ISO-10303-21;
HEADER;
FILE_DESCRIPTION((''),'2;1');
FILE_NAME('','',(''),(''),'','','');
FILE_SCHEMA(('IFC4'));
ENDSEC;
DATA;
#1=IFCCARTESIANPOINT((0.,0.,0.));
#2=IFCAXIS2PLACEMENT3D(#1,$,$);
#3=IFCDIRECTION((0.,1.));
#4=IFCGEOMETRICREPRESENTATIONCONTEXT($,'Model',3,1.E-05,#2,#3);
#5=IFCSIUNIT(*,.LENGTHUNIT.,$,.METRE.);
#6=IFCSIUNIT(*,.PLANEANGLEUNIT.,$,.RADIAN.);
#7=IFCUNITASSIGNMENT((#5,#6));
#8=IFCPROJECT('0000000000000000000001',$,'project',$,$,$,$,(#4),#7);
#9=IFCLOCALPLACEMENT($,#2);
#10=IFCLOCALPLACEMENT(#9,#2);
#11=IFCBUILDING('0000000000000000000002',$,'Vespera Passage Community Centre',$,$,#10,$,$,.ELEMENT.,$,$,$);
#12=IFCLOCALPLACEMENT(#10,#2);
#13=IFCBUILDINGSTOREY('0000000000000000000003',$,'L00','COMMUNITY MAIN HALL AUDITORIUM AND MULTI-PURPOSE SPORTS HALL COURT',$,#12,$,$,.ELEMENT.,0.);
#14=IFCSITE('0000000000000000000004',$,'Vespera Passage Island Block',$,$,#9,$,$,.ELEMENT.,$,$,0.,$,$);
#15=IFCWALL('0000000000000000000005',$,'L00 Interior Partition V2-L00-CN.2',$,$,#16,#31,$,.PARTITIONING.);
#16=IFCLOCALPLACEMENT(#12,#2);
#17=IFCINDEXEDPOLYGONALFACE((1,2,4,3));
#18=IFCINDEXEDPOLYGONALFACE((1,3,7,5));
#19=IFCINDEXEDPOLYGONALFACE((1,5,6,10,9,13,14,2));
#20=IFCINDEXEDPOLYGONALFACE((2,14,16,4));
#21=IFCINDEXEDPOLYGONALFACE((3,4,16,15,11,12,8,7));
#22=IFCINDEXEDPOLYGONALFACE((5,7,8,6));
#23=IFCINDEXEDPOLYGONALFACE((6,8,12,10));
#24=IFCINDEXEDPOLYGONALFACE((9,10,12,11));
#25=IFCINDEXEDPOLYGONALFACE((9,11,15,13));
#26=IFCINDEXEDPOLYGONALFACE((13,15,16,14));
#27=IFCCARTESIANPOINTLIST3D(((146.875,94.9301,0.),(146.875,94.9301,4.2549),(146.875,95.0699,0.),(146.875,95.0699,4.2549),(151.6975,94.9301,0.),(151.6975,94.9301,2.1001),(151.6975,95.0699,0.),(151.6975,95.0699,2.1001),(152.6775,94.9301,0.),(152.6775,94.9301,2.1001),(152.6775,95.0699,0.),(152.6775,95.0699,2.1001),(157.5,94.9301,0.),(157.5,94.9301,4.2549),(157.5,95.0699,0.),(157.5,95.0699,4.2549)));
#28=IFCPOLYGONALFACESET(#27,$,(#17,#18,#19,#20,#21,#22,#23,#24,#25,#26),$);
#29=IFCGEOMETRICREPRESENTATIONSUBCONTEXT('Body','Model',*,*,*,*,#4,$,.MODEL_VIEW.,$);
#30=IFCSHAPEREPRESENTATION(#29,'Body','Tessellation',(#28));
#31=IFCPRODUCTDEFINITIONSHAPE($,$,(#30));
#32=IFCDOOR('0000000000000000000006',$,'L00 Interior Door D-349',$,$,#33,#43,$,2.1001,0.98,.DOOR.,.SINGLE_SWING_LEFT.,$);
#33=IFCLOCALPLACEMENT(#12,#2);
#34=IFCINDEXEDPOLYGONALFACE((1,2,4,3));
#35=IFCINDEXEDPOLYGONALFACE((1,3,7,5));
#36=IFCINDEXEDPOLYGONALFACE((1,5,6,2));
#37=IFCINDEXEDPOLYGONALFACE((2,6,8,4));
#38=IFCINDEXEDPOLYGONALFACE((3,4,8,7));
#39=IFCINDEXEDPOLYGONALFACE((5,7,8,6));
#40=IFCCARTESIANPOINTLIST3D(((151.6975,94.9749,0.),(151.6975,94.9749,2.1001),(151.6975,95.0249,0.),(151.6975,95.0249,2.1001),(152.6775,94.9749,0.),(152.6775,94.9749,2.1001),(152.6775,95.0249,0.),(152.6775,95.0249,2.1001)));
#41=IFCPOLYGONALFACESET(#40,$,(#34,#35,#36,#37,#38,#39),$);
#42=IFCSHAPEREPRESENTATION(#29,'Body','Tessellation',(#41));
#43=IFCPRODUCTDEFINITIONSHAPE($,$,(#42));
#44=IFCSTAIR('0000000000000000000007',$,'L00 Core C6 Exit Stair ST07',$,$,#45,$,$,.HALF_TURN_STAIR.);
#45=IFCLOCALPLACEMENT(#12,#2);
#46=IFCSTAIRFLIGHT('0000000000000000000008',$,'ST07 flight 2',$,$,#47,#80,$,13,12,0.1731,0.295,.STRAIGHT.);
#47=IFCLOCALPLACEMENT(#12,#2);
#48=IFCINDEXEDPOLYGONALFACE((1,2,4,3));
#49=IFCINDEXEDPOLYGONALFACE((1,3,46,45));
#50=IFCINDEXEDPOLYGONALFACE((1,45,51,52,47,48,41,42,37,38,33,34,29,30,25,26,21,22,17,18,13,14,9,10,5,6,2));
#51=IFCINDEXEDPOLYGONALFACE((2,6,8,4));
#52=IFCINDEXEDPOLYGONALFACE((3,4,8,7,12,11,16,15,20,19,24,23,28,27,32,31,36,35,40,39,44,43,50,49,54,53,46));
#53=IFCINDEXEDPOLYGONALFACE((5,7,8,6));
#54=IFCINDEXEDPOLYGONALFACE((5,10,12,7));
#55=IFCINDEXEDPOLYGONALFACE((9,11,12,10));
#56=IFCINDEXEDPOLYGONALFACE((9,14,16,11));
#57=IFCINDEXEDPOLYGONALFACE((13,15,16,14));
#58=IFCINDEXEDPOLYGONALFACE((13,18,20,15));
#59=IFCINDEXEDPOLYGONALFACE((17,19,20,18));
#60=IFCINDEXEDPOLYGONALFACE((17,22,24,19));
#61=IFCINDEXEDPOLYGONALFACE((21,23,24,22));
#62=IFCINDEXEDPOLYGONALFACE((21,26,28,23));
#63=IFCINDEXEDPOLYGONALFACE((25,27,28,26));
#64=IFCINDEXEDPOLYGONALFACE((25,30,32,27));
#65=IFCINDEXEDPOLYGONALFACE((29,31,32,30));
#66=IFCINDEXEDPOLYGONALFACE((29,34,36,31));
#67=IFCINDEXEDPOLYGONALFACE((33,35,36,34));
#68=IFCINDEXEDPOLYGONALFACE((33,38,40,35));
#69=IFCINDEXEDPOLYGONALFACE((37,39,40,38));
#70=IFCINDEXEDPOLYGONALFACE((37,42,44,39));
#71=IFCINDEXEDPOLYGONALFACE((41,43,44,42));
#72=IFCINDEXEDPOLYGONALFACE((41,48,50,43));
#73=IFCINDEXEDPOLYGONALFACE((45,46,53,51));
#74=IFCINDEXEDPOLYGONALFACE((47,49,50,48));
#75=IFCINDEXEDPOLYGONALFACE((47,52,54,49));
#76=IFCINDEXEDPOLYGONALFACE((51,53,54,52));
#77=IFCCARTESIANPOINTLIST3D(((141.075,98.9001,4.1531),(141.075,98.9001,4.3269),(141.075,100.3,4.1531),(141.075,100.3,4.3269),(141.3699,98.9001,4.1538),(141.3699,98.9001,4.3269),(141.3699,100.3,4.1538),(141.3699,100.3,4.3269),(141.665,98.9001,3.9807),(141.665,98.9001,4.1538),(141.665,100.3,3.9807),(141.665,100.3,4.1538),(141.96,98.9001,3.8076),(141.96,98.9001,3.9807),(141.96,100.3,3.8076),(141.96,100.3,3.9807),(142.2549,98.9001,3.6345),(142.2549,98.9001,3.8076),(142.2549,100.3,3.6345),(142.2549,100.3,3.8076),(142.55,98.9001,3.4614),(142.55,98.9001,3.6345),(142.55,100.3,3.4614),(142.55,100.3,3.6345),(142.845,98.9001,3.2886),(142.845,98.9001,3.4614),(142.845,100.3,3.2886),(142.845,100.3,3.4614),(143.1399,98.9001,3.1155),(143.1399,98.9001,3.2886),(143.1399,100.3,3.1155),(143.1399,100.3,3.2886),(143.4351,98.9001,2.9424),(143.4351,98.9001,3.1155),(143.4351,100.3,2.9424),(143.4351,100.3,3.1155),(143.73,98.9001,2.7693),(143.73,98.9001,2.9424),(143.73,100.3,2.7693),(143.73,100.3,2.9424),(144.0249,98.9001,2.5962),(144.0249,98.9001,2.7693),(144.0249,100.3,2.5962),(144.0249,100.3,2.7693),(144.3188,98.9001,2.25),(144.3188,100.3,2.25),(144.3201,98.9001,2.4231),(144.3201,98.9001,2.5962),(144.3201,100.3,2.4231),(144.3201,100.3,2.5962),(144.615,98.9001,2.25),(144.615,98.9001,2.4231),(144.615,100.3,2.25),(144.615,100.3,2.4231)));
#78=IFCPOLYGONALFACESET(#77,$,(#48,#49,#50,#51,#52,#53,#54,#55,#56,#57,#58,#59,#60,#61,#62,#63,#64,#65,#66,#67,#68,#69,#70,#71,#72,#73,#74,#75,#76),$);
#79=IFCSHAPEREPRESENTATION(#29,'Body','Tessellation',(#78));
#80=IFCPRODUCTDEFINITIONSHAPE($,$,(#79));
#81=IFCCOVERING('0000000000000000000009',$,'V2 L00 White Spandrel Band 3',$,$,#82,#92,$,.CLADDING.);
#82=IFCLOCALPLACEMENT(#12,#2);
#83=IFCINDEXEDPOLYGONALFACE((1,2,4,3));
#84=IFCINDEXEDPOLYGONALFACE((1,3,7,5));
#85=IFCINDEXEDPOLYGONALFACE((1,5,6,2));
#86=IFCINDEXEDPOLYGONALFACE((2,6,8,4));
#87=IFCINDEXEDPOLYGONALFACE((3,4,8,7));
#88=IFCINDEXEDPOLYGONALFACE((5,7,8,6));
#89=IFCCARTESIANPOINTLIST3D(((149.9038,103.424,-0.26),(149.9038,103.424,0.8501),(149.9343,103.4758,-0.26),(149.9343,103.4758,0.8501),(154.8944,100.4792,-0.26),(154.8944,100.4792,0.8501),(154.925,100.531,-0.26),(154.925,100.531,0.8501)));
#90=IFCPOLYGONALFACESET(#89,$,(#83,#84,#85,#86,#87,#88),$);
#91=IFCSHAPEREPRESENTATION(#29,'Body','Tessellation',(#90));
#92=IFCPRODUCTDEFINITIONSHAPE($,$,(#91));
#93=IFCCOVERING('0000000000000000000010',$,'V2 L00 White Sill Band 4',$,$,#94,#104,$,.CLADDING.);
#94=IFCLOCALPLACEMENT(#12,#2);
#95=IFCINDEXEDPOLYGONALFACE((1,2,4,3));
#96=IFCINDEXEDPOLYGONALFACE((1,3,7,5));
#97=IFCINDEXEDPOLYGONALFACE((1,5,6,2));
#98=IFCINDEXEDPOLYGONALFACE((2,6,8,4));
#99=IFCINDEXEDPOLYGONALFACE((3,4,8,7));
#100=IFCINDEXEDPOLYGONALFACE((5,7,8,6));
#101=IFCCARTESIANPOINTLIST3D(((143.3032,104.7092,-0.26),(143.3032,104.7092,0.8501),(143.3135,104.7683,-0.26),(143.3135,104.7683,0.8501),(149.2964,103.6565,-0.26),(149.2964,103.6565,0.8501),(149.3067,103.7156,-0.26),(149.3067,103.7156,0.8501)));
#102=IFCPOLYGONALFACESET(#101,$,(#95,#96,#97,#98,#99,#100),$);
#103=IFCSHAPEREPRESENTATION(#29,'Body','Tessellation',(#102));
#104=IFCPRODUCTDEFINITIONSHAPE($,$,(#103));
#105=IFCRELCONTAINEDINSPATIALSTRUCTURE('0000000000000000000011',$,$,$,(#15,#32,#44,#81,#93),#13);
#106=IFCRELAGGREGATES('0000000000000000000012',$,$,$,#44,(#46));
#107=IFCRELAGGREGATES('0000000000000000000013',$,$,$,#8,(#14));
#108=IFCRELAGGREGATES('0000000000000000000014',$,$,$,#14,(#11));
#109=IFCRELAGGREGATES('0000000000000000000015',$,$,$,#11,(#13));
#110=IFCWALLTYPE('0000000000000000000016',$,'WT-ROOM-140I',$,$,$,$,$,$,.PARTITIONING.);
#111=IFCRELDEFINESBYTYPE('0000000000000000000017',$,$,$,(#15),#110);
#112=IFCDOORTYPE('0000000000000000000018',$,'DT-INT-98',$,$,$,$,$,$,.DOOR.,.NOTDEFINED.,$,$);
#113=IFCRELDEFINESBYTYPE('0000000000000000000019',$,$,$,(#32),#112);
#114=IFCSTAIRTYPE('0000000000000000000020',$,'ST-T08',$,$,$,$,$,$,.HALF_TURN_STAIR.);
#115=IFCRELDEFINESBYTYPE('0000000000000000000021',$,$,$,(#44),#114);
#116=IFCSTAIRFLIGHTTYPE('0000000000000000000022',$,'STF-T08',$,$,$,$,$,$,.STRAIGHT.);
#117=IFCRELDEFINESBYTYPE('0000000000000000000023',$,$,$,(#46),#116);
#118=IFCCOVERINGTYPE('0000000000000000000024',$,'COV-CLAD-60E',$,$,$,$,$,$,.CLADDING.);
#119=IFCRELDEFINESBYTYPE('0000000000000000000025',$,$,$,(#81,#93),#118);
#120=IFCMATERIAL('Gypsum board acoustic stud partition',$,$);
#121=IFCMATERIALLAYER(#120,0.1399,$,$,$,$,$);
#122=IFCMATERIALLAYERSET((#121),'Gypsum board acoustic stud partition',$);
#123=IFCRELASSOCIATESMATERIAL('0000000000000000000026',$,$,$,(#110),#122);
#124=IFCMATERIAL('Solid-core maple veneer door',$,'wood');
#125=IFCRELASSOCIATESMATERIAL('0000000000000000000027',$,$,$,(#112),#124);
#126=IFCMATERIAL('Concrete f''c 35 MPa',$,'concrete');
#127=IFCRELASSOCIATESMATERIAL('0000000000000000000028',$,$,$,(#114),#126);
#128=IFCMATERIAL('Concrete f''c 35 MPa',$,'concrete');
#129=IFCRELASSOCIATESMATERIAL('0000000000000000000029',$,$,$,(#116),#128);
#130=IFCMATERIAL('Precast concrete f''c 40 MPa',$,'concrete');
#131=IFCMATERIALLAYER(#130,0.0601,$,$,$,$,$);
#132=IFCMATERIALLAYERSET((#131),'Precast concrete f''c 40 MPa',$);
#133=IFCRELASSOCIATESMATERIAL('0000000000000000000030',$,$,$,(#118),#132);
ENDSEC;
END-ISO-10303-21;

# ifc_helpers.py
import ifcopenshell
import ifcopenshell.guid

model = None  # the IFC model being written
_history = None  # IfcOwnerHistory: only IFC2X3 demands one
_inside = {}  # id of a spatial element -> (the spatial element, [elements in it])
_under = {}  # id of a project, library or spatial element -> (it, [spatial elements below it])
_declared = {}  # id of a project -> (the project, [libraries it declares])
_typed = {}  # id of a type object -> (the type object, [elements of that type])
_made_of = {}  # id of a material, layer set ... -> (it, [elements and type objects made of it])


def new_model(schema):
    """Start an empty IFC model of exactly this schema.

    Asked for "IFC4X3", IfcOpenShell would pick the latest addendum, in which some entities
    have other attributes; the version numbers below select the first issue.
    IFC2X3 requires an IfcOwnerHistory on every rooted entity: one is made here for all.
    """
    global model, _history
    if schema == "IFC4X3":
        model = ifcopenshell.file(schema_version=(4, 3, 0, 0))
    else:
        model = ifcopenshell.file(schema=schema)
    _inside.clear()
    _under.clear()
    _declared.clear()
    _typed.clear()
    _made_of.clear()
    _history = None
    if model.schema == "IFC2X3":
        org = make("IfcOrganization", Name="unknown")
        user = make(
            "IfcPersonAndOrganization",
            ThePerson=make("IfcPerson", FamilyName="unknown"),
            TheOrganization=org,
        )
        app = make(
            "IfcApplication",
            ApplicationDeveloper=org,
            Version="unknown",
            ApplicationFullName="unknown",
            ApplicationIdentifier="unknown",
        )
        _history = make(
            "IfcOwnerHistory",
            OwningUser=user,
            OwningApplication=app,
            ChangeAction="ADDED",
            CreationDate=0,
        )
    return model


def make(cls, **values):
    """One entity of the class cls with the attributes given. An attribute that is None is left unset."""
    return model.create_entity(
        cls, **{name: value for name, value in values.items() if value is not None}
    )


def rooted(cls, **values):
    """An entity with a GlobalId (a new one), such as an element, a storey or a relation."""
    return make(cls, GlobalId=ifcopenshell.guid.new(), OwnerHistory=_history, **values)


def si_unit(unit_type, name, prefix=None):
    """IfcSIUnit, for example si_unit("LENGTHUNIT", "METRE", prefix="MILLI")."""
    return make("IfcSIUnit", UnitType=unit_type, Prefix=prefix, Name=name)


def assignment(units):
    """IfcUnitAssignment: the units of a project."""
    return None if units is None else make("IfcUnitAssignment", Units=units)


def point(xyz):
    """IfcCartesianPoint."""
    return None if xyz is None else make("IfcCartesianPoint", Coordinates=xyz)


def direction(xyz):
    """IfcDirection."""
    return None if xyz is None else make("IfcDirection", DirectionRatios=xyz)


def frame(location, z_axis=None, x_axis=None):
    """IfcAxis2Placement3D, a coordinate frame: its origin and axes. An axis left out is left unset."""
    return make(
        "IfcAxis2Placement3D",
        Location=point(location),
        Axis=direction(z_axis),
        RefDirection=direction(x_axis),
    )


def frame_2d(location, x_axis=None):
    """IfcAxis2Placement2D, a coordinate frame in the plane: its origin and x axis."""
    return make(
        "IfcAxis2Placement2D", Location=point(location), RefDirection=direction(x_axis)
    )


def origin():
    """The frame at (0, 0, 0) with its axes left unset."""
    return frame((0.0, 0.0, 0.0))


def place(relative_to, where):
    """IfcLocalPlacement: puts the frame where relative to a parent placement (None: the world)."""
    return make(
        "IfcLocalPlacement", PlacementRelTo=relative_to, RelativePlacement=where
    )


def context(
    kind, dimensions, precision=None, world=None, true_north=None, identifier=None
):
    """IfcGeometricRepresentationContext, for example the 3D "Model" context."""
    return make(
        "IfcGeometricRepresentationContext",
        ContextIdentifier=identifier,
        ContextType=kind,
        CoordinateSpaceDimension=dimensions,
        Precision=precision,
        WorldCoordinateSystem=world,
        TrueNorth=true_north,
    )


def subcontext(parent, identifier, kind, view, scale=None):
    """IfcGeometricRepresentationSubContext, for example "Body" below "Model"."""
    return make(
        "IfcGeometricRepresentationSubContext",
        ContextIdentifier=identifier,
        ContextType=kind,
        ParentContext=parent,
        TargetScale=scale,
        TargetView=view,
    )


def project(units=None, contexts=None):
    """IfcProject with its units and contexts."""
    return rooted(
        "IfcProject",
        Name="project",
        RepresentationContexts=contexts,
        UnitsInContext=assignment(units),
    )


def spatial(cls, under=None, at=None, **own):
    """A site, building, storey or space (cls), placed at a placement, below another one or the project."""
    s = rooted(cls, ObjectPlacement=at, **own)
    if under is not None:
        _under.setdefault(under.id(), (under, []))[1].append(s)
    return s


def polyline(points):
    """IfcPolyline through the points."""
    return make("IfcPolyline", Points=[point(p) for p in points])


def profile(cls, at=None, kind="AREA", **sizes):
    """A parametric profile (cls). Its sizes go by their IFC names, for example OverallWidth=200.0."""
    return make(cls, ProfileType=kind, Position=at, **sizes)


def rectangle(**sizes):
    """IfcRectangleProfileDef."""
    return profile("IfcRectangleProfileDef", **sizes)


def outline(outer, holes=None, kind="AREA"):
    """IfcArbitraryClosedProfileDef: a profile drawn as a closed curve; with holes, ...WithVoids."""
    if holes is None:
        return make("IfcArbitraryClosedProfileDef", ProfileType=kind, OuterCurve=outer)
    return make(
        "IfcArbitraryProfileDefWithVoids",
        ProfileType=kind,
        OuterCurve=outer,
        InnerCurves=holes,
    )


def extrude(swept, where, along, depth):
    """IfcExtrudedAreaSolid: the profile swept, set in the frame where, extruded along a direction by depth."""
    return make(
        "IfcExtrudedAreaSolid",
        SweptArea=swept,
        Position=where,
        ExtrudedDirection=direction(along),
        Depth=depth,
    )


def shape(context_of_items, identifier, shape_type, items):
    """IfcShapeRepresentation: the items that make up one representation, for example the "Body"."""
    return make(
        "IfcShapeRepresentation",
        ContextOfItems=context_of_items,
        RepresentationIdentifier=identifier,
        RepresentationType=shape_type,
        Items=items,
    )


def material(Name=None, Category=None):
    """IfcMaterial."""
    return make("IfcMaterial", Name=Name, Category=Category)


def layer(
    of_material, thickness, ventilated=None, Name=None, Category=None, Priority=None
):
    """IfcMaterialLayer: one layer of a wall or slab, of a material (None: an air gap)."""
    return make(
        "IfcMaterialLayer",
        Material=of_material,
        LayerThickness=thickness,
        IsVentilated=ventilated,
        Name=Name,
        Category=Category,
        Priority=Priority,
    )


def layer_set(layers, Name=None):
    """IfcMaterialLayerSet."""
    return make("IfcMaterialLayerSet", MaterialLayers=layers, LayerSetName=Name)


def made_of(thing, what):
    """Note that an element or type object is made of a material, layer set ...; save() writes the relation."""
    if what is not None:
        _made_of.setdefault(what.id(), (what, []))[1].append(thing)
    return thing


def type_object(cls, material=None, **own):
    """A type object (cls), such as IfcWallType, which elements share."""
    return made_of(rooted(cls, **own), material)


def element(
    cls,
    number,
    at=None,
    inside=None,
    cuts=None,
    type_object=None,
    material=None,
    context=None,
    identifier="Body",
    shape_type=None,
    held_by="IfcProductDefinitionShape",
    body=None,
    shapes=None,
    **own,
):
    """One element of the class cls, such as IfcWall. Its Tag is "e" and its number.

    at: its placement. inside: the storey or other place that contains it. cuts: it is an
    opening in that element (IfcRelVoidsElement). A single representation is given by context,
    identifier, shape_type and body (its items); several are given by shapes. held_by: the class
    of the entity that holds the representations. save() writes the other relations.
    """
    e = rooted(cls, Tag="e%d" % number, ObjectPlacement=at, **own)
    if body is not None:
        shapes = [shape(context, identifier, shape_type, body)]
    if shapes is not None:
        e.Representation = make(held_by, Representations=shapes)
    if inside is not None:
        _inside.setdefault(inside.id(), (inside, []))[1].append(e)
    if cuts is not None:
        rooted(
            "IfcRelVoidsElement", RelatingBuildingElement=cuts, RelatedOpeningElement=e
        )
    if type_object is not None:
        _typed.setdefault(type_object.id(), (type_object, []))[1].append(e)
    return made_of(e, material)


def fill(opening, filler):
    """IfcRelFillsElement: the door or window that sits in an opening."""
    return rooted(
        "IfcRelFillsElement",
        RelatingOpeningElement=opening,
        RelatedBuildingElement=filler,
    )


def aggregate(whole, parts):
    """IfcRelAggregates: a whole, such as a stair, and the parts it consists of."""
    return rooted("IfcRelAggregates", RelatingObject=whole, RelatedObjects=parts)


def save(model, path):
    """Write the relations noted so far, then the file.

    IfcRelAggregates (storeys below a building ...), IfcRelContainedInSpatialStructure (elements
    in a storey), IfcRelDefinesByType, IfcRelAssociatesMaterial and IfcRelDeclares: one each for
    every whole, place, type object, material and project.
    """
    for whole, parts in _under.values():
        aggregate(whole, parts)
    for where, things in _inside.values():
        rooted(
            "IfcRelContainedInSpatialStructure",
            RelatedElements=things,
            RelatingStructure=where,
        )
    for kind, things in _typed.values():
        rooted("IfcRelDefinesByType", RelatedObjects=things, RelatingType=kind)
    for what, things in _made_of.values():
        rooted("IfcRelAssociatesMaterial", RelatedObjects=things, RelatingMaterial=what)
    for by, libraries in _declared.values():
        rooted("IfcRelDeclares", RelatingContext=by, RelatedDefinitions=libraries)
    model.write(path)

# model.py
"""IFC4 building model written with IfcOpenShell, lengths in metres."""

from ifc_helpers import new_model, si_unit, direction, frame, frame_2d, origin, place, context, subcontext, project, spatial, polyline, rectangle, outline, extrude, material, layer, layer_set, type_object, element, fill, aggregate, save


model = new_model("IFC4")

# Units and contexts
model_context = context("Model", 3, precision=1e-05, world=origin(), true_north=direction((0.0, 1.0)))
body_context = subcontext(model_context, "Body", "Model", "MODEL_VIEW")
ifc_project = project(units=[si_unit("LENGTHUNIT", "METRE"), si_unit("PLANEANGLEUNIT", "RADIAN")], contexts=[model_context])

# Site, building, storey
site_placement = place(None, origin())
site = spatial("IfcSite", under=ifc_project, at=site_placement, Name="Vespera Passage Island Block", CompositionType="ELEMENT", RefElevation=0.0)
building_placement = place(site_placement, origin())
building = spatial("IfcBuilding", under=site, at=building_placement, Name="Vespera Passage Community Centre", CompositionType="ELEMENT")
storey_placement = place(building_placement, origin())
storey = spatial("IfcBuildingStorey", under=building, at=storey_placement, Name="L00", Description="COMMUNITY MAIN HALL AUDITORIUM AND MULTI-PURPOSE SPORTS HALL COURT", CompositionType="ELEMENT", Elevation=0.0)

# Wall, opening, door
ifc_material_1 = material(Name="Gypsum board acoustic stud partition")
ifc_layer_1 = layer(ifc_material_1, 0.1399)
ifc_layer_set_1 = layer_set([ifc_layer_1], Name="Gypsum board acoustic stud partition")
wall_type_1 = type_object("IfcWallType", Name="WT-ROOM-140I", PredefinedType="PARTITIONING", material=ifc_layer_set_1)
wall_1_placement = place(storey_placement, frame((146.875, 95.0, 0.0), z_axis=(0.0, 0.0, 1.0), x_axis=(1.0, 0.0, 0.0)))
wall_1 = element("IfcWall", 1, at=wall_1_placement, inside=storey, type_object=wall_type_1, Name="L00 Interior Partition V2-L00-CN.2", PredefinedType="PARTITIONING", context=body_context, shape_type="SweptSolid", body=[
    extrude(rectangle(XDim=10.625, YDim=0.1399, at=frame_2d((5.3125, 0.0))), origin(), (0.0, 0.0, 1.0), 4.2549),
])
opening_placement = place(wall_1_placement, frame((4.8225, 0.0, 0.0)))
opening = element("IfcOpeningElement", 2, at=opening_placement, cuts=wall_1, PredefinedType="OPENING", context=body_context, shape_type="SweptSolid", body=[
    extrude(rectangle(XDim=0.98, YDim=2.1001, at=frame_2d((0.49, 1.05))), frame((0.0, 0.0798, 0.0), z_axis=(0.0, -1.0, 0.0), x_axis=(1.0, 0.0, 0.0)), (0.0, 0.0, 1.0), 0.1599),
])
ifc_material_2 = material(Name="Solid-core maple veneer door", Category="wood")
door_type = type_object("IfcDoorType", Name="DT-INT-98", OperationType="NOTDEFINED", PredefinedType="DOOR", material=ifc_material_2)
door_placement = place(opening_placement, origin())
door = element("IfcDoor", 3, at=door_placement, inside=storey, type_object=door_type, Name="L00 Interior Door D-349", OperationType="SINGLE_SWING_LEFT", OverallHeight=2.1001, OverallWidth=0.98, PredefinedType="DOOR", context=body_context, shape_type="SweptSolid", body=[
    extrude(rectangle(XDim=0.98, YDim=2.1001, at=frame_2d((0.49, 1.05))), frame((0.0, 0.0249, 0.0), z_axis=(0.0, -1.0, 0.0), x_axis=(1.0, 0.0, 0.0)), (0.0, 0.0, 1.0), 0.05),
])
fill(opening, door)

# Stair, stair flight
ifc_material_3 = material(Name="Concrete f'c 35 MPa", Category="concrete")
stair_type = type_object("IfcStairType", Name="ST-T08", PredefinedType="HALF_TURN_STAIR", material=ifc_material_3)
stair_placement = place(storey_placement, origin())
stair = element("IfcStair", 4, at=stair_placement, inside=storey, type_object=stair_type, Name="L00 Core C6 Exit Stair ST07", PredefinedType="HALF_TURN_STAIR")
ifc_material_4 = material(Name="Concrete f'c 35 MPa", Category="concrete")
stair_flight_type = type_object("IfcStairFlightType", Name="STF-T08", PredefinedType="STRAIGHT", material=ifc_material_4)
stair_flight_placement = place(storey_placement, frame((144.615, 99.6001, 2.25), z_axis=(0.0, 0.0, 1.0), x_axis=(-1.0, 0.0, 0.0)))
stair_flight = element("IfcStairFlight", 5, at=stair_flight_placement, type_object=stair_flight_type, Name="ST07 flight 2", NumberOfRisers=13, NumberOfTreads=12, PredefinedType="STRAIGHT", RiserHeight=0.1731, TreadLength=0.295, context=body_context, shape_type="SweptSolid", body=[
    extrude(outline(polyline([(0.0, 0.0), (0.0, 0.1731), (0.2949, 0.1731), (0.2949, 0.3462), (0.5901, 0.3462), (0.5901, 0.5193), (0.885, 0.5193), (0.885, 0.6924), (1.1799, 0.6924), (1.1799, 0.8655), (1.4751, 0.8655), (1.4751, 1.0386), (1.77, 1.0386), (1.77, 1.2114), (2.0649, 1.2114), (2.0649, 1.3845), (2.3601, 1.3845), (2.3601, 1.5576), (2.655, 1.5576), (2.655, 1.7307), (2.95, 1.7307), (2.95, 1.9038), (3.2451, 1.9038), (3.2451, 2.0769), (3.54, 2.0769), (3.54, 2.25), (3.54, 1.9031), (0.2961, 0.0), (0.0, 0.0)])), frame((0.0, 0.7, 0.0), z_axis=(0.0, -1.0, 0.0), x_axis=(1.0, 0.0, 0.0)), (0.0, 0.0, 1.0), 1.3999),
])
aggregate(stair, [stair_flight])

# Coverings
ifc_material_5 = material(Name="Precast concrete f'c 40 MPa", Category="concrete")
ifc_layer_2 = layer(ifc_material_5, 0.0601)
ifc_layer_set_2 = layer_set([ifc_layer_2], Name="Precast concrete f'c 40 MPa")
covering_type = type_object("IfcCoveringType", Name="COV-CLAD-60E", PredefinedType="CLADDING", material=ifc_layer_set_2)
covering_1_placement = place(storey_placement, frame((149.9189, 103.45, -0.26), z_axis=(0.0, 0.0, 1.0), x_axis=(0.861247, -0.508187, 0.0)))
element("IfcCovering", 6, at=covering_1_placement, inside=storey, type_object=covering_type, Name="V2 L00 White Spandrel Band 3", PredefinedType="CLADDING", context=body_context, shape_type="SweptSolid", body=[
    extrude(rectangle(XDim=5.7947, YDim=0.0601, at=frame_2d((2.8975, 0.0))), origin(), (0.0, 0.0, 1.0), 1.1101),
])
covering_2_placement = place(storey_placement, frame((143.3083, 104.7388, -0.26), z_axis=(0.0, 0.0, 1.0), x_axis=(0.984921, -0.173007, 0.0)))
element("IfcCovering", 7, at=covering_2_placement, inside=storey, type_object=covering_type, Name="V2 L00 White Sill Band 4", PredefinedType="CLADDING", context=body_context, shape_type="SweptSolid", body=[
    extrude(rectangle(XDim=6.085, YDim=0.0601, at=frame_2d((3.0425, 0.0))), origin(), (0.0, 0.0, 1.0), 1.1101),
])

save(model, "model.ifc")
